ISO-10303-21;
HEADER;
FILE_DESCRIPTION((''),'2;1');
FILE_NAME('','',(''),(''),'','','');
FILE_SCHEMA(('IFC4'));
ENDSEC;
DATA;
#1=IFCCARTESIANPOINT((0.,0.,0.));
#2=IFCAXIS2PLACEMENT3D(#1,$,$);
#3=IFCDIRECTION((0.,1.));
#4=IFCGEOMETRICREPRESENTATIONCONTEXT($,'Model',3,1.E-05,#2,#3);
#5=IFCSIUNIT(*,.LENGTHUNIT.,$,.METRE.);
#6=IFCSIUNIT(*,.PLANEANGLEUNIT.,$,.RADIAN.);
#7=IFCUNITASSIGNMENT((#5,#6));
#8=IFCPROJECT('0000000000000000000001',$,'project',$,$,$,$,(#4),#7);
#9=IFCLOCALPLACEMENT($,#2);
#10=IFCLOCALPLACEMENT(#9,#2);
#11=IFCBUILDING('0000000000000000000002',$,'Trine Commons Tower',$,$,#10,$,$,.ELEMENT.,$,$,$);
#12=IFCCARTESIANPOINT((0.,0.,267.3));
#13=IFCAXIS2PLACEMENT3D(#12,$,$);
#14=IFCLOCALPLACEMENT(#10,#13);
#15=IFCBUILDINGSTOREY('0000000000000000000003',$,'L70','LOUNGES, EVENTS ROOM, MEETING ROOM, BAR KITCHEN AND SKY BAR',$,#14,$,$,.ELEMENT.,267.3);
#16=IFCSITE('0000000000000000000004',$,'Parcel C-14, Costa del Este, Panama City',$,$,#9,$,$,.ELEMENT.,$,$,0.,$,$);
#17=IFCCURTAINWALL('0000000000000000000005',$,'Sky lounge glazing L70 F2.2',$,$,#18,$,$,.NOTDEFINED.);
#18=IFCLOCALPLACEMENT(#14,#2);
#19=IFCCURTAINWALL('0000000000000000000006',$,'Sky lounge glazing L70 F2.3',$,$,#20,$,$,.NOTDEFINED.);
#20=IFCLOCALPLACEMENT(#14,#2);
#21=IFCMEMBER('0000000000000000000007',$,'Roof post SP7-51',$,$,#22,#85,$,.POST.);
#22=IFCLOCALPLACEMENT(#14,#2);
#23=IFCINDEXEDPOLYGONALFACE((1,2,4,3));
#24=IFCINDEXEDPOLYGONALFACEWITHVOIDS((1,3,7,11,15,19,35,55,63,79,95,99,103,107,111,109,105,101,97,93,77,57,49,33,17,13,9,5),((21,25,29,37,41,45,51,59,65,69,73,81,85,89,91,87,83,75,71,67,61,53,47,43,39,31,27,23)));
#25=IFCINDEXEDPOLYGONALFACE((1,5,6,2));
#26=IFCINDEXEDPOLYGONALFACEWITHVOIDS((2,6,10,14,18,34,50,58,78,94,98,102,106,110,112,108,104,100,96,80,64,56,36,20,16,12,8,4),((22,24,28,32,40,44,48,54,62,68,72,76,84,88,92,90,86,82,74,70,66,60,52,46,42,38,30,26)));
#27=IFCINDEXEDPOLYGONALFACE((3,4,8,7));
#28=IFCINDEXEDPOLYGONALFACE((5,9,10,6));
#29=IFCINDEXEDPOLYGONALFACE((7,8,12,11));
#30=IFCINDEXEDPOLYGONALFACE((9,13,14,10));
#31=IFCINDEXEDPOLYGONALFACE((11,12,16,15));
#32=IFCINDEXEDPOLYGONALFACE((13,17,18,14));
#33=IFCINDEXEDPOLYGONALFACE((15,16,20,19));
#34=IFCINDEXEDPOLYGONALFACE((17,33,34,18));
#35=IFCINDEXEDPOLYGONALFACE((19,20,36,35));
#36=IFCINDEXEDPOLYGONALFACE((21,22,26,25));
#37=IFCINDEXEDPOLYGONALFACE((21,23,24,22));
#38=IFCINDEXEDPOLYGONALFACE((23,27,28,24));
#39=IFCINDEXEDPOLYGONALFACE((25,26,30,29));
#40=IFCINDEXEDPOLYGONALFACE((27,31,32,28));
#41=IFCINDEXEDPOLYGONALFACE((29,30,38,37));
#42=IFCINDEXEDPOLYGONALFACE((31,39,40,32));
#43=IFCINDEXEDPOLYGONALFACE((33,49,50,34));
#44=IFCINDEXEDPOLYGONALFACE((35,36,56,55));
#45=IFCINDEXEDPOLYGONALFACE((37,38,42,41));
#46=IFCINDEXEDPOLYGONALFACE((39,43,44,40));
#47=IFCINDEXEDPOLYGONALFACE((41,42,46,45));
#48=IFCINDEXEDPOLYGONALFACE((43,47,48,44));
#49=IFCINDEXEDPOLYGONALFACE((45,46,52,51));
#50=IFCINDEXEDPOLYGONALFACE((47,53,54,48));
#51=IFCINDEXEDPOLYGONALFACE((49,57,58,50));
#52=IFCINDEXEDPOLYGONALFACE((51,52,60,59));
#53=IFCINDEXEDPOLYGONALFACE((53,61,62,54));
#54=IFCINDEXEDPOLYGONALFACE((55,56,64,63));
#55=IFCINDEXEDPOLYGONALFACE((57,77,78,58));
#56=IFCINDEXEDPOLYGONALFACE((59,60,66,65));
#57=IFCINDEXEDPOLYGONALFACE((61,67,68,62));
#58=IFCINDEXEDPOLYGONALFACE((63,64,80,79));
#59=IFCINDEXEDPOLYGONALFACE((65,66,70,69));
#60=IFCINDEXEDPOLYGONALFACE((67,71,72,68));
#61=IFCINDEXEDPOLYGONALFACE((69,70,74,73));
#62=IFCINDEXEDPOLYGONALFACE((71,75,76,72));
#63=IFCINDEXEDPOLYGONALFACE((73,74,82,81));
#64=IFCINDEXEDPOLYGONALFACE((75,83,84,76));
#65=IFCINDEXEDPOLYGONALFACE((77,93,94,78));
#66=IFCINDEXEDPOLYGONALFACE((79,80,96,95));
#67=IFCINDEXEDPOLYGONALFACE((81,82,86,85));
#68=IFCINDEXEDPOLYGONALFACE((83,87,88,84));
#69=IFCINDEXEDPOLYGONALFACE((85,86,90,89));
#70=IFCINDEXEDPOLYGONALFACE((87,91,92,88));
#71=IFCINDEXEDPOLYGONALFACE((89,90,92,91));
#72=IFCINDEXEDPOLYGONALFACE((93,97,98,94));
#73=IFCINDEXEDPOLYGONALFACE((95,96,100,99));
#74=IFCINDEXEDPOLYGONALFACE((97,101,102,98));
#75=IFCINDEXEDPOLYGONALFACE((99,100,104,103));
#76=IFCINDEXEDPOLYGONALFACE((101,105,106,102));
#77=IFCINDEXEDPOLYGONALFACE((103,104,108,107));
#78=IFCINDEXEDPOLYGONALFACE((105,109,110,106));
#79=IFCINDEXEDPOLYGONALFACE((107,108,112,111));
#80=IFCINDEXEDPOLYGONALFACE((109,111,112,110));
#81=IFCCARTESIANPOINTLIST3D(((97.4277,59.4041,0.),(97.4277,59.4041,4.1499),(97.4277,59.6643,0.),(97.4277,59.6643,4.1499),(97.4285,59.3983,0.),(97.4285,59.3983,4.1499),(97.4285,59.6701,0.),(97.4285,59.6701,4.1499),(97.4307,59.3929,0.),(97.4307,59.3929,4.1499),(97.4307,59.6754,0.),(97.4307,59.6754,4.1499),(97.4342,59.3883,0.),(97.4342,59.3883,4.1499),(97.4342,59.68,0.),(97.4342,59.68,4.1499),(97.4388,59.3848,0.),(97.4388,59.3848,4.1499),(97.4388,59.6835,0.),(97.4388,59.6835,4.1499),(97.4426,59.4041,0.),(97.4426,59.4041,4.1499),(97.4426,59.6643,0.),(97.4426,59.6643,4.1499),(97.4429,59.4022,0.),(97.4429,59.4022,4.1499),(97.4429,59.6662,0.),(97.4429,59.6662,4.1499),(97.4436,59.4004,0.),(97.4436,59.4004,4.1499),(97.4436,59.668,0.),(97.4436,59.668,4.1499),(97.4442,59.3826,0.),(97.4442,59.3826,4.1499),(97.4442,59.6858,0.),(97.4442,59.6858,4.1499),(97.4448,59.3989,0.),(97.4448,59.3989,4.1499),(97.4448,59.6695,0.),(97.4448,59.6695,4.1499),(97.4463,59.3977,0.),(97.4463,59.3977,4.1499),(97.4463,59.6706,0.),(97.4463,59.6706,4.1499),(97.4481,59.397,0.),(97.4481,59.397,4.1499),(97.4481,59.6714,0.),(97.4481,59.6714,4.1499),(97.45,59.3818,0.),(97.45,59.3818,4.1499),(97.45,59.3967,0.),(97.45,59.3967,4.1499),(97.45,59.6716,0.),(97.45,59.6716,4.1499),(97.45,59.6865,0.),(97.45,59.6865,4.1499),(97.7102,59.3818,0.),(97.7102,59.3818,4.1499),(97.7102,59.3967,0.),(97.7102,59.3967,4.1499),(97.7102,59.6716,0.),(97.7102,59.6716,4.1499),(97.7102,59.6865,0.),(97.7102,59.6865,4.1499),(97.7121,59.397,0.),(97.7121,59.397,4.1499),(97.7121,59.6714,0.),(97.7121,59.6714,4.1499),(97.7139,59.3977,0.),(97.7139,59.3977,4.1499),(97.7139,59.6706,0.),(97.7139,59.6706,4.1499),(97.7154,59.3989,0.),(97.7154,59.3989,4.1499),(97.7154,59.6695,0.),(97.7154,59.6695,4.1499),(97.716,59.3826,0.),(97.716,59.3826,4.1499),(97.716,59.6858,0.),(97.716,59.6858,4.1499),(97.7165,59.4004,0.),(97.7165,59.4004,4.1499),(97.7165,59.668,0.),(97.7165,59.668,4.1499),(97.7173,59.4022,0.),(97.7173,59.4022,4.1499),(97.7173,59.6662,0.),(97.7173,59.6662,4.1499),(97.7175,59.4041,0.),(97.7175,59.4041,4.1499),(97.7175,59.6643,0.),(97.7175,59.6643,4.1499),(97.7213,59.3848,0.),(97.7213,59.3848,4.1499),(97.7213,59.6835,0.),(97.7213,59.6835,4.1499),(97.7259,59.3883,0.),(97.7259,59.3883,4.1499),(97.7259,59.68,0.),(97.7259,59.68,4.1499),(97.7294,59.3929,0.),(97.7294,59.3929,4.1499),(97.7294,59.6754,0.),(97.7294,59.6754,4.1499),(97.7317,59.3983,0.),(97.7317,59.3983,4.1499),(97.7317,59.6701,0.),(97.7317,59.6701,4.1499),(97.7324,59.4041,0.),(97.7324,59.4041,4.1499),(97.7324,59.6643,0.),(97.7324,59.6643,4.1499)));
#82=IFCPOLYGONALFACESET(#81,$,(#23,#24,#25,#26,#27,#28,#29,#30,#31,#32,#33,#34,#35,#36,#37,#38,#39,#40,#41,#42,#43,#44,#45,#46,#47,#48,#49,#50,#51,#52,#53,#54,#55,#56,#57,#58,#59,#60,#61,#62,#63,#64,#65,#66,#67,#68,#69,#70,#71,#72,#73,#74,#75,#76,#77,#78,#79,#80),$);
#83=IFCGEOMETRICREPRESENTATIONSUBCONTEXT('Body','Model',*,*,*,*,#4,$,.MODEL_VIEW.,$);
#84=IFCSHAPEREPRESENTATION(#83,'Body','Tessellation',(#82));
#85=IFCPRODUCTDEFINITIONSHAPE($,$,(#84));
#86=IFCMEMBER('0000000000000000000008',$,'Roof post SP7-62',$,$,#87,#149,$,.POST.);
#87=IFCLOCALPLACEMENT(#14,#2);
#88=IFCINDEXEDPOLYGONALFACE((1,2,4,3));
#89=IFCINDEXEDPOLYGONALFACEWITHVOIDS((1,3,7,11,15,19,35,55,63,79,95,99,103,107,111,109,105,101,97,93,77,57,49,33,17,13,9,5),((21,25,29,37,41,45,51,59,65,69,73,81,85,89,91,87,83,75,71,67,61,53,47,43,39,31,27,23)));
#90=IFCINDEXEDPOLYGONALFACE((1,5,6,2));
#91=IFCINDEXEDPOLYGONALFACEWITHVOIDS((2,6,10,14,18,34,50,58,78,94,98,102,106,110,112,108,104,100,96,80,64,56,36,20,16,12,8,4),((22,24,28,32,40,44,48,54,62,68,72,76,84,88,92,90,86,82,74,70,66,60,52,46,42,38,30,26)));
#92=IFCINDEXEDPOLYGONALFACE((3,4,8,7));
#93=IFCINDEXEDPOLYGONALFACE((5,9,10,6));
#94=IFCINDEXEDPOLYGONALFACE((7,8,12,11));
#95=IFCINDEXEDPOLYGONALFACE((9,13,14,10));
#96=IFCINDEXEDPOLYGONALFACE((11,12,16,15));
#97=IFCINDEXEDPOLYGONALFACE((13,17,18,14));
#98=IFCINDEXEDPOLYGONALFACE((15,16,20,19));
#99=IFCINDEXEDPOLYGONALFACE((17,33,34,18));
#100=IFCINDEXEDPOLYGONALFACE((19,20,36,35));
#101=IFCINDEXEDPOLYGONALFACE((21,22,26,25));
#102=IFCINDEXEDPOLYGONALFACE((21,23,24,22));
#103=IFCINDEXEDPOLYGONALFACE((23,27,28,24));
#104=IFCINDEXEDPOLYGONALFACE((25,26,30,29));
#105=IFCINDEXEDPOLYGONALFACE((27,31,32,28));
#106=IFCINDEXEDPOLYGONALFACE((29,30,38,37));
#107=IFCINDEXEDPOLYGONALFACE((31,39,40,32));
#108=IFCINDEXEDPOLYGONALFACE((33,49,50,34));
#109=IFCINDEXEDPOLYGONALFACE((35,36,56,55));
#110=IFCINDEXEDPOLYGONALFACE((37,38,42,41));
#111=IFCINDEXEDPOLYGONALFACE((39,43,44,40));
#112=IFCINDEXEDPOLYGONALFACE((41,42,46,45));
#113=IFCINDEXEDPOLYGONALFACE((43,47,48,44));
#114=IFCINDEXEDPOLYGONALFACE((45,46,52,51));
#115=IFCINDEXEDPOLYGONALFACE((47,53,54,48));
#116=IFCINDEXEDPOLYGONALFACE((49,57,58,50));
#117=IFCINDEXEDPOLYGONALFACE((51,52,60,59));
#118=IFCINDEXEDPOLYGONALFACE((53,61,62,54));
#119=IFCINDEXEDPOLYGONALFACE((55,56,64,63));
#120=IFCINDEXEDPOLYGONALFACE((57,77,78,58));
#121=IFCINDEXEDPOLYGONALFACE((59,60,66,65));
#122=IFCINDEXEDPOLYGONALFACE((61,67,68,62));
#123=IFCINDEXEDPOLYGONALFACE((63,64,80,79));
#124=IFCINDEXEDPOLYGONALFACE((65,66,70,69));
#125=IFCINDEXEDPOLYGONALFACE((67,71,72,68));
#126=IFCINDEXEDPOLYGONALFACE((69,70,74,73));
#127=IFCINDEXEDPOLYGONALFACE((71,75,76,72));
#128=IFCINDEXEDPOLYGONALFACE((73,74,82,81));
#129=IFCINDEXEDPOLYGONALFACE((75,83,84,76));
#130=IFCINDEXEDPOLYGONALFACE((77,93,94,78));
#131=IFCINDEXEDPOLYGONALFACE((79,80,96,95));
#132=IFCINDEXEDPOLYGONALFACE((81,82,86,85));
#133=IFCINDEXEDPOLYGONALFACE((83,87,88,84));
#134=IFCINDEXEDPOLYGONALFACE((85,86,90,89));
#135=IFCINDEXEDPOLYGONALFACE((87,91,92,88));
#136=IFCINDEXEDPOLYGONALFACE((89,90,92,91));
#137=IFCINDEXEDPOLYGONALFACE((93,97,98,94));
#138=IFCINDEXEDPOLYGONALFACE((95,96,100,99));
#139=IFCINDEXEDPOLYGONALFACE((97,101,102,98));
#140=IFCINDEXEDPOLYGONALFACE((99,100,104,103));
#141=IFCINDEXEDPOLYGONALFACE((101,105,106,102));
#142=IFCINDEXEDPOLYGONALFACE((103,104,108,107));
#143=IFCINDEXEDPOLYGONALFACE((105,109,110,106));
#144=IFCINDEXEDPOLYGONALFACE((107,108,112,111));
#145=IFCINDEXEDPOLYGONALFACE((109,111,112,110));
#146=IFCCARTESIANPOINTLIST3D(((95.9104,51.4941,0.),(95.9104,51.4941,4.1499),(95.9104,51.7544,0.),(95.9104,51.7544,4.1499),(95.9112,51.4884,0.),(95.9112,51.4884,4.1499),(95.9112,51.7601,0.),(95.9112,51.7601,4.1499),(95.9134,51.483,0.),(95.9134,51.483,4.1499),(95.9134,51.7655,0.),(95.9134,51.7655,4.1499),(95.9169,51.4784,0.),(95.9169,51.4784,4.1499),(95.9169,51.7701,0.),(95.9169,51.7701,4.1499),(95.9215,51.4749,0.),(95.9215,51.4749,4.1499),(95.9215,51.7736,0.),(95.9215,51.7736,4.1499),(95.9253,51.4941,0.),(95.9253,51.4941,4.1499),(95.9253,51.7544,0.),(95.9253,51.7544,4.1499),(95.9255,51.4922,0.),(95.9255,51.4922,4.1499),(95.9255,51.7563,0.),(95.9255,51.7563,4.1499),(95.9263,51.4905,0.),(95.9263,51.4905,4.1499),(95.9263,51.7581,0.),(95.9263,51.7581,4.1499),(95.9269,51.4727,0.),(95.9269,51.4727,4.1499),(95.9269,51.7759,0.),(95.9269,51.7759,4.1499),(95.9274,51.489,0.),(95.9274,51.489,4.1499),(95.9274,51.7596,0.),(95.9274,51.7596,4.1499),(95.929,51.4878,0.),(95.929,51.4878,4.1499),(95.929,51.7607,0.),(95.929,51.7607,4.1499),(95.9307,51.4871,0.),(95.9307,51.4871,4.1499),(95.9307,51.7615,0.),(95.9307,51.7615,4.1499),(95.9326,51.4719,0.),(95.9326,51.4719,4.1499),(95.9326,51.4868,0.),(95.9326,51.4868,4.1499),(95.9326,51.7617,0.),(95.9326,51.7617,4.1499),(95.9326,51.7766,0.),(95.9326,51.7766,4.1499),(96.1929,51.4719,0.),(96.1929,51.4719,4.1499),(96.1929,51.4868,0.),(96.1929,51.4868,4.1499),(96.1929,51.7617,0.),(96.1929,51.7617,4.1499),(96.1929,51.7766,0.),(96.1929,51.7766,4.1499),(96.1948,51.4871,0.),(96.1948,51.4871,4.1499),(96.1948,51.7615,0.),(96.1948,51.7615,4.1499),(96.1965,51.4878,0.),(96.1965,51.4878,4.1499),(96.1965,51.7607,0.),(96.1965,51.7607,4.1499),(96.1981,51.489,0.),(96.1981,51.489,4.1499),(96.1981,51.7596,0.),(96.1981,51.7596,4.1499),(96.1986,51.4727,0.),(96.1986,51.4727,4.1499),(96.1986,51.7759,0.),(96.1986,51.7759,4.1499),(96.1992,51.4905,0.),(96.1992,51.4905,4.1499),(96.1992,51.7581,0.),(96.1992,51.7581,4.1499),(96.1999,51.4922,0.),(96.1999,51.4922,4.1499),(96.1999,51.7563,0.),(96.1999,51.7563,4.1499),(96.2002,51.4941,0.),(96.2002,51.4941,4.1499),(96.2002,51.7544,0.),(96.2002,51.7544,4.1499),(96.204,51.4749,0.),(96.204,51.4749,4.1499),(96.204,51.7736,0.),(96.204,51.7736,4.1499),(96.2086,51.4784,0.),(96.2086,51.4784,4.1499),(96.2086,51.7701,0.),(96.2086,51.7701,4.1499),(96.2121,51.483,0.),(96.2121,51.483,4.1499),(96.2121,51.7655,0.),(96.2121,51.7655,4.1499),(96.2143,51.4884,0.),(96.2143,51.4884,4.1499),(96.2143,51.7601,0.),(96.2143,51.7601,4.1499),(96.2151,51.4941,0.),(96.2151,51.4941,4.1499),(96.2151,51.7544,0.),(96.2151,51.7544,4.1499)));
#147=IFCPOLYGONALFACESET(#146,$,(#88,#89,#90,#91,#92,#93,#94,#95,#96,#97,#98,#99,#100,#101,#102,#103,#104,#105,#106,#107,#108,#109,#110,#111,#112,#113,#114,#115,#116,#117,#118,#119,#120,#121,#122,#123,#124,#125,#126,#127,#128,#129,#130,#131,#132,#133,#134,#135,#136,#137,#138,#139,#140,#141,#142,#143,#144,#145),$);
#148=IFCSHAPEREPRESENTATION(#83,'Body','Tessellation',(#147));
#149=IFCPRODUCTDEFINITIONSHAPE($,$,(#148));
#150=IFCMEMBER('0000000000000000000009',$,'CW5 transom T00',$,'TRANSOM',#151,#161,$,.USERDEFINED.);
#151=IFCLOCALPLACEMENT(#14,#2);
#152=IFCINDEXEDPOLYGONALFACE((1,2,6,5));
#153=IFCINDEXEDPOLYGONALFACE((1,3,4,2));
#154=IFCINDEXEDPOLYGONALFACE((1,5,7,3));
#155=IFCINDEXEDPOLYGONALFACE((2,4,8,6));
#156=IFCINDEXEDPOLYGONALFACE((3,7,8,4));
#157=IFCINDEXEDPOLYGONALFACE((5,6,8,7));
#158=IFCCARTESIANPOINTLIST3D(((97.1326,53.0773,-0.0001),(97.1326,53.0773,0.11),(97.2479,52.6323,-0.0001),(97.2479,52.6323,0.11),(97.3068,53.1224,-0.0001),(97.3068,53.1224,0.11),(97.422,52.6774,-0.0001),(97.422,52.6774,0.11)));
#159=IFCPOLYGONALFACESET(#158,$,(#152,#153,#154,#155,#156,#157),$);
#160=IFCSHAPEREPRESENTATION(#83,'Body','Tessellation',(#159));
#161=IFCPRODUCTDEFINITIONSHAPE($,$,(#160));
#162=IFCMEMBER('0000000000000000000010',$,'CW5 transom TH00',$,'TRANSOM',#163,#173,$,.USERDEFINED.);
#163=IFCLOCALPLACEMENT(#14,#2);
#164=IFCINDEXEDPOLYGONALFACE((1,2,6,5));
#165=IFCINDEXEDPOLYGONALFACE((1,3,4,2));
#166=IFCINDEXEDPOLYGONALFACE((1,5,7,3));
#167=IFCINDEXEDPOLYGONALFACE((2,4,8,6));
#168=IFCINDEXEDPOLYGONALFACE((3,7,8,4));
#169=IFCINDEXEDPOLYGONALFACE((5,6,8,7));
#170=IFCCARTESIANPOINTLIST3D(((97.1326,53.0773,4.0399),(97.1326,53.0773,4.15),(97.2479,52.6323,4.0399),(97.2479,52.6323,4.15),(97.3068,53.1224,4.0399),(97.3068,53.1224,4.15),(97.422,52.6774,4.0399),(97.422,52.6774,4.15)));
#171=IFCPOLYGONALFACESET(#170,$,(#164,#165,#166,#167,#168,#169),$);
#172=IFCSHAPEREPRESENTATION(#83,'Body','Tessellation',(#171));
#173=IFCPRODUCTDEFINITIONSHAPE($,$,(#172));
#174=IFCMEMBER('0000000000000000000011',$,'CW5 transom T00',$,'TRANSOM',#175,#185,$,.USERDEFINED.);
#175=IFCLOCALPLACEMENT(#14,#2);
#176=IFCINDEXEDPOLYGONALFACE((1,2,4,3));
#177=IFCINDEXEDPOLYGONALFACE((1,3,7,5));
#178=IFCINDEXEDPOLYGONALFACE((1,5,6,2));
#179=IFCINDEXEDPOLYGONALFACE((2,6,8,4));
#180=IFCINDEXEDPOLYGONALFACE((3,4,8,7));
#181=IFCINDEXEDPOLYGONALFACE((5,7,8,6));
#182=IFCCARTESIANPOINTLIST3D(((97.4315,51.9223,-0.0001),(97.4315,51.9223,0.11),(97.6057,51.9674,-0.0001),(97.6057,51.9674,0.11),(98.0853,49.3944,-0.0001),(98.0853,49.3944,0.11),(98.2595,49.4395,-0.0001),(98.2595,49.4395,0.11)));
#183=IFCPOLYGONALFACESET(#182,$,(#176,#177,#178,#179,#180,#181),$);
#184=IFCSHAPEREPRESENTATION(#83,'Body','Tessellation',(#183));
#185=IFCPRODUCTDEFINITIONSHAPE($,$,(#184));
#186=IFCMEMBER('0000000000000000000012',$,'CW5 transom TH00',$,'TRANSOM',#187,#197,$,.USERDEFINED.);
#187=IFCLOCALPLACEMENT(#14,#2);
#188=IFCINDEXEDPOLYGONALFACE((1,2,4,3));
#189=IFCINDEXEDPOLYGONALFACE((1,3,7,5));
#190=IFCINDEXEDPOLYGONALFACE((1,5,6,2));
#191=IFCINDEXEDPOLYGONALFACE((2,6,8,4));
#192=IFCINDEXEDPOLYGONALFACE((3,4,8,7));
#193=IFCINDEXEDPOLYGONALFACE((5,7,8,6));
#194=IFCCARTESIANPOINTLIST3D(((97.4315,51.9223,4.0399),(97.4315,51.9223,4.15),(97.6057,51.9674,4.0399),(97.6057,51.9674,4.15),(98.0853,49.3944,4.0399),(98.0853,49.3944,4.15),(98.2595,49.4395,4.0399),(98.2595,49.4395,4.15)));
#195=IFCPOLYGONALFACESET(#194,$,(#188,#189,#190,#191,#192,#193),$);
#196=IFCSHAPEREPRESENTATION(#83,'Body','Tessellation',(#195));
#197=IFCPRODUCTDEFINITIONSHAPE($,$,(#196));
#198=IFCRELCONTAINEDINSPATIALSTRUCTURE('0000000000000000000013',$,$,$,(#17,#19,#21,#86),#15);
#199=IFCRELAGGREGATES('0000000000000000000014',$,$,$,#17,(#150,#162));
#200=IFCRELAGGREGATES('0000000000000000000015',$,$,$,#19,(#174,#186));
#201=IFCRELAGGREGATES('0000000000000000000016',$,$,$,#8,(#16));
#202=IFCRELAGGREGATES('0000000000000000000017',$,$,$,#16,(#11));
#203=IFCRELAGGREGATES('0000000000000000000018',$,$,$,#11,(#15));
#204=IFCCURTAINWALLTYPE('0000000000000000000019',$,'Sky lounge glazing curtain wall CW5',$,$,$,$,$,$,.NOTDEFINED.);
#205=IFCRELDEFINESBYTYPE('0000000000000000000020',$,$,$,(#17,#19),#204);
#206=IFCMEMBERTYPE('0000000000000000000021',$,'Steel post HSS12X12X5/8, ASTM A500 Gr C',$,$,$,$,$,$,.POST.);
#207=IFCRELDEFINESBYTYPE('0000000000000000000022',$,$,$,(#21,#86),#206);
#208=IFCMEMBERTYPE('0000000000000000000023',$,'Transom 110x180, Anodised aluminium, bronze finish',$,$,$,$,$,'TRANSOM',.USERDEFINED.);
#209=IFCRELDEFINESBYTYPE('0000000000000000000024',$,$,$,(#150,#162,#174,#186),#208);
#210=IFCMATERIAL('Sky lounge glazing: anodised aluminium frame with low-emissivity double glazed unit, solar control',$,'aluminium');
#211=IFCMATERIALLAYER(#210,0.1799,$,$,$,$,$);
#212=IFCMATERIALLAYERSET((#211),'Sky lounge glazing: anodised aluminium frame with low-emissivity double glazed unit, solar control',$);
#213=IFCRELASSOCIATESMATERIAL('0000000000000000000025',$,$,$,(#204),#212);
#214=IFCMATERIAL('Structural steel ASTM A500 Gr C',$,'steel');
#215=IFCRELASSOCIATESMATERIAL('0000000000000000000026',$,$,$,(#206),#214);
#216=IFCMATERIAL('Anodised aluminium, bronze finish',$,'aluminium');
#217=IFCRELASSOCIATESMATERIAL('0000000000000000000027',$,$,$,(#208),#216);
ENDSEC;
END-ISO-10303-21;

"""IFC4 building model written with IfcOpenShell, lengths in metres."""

from ifc_helpers import new_model, si_unit, direction, frame, origin, origin_2d, place, context, subcontext, project, spatial, rectangle, hollow_rectangle, extrude, material, layer, layer_set, material_profile, profile_set, type_object, element, aggregate, save


model = new_model("IFC4")

# Units and contexts
model_context = context("Model", 3, precision=1e-05, world=origin(), true_north=direction((0.0, 1.0)))
body_context = subcontext(model_context, "Body", "Model", "MODEL_VIEW")
ifc_project = project(units=[si_unit("LENGTHUNIT", "METRE"), si_unit("PLANEANGLEUNIT", "RADIAN")], contexts=[model_context])

# Site, building, storey
site_placement = place(None, origin())
site = spatial("IfcSite", under=ifc_project, at=site_placement, Name="Parcel C-14, Costa del Este, Panama City", CompositionType="ELEMENT", RefElevation=0.0)
building_placement = place(site_placement, origin())
building = spatial("IfcBuilding", under=site, at=building_placement, Name="Trine Commons Tower", CompositionType="ELEMENT")
storey_placement = place(building_placement, frame((0.0, 0.0, 267.3)))
storey = spatial("IfcBuildingStorey", under=building, at=storey_placement, Name="L70", Description="LOUNGES, EVENTS ROOM, MEETING ROOM, BAR KITCHEN AND SKY BAR", CompositionType="ELEMENT", Elevation=267.3)

# Curtain wall
ifc_material_1 = material(Name="Sky lounge glazing: anodised aluminium frame with low-emissivity double glazed unit, solar control", Category="aluminium")
ifc_layer_1 = layer(ifc_material_1, 0.1799)
ifc_layer_set_1 = layer_set([ifc_layer_1], Name="Sky lounge glazing: anodised aluminium frame with low-emissivity double glazed unit, solar control")
curtain_wall_type = type_object("IfcCurtainWallType", Name="Sky lounge glazing curtain wall CW5", PredefinedType="NOTDEFINED", material=ifc_layer_set_1)
curtain_wall_1_placement = place(storey_placement, origin())
curtain_wall_1 = element("IfcCurtainWall", 1, at=curtain_wall_1_placement, inside=storey, type_object=curtain_wall_type, Name="Sky lounge glazing L70 F2.2", PredefinedType="NOTDEFINED")
ifc_material_2 = material(Name="Anodised aluminium, bronze finish", Category="aluminium")

# Curtain wall
curtain_wall_2_placement = place(storey_placement, origin())
curtain_wall_2 = element("IfcCurtainWall", 2, at=curtain_wall_2_placement, inside=storey, type_object=curtain_wall_type, Name="Sky lounge glazing L70 F2.3", PredefinedType="NOTDEFINED")

# Members
ifc_material_3 = material(Name="Structural steel ASTM A500 Gr C", Category="steel")
ifc_material_profile_1 = material_profile(ifc_material_3, hollow_rectangle(XDim=0.3047, YDim=0.3047, WallThickness=0.0149, InnerFilletRadius=0.0073, OuterFilletRadius=0.0222, at=origin_2d()), Name="HSS12X12X5/8")
ifc_profile_set_1 = profile_set([ifc_material_profile_1], Name="Structural steel ASTM A500 Gr C")
member_type_1 = type_object("IfcMemberType", Name="Steel post HSS12X12X5/8, ASTM A500 Gr C", PredefinedType="POST", material=ifc_profile_set_1)
for number, where, z_axis, x_axis, name in (
    (3, (97.5801, 59.5342, 0.0), (0.0, 0.0, 1.0), (1.0, 0.0, 0.0), "Roof post SP7-51"),
    (4, (96.0627, 51.6243, 0.0), (0.0, 0.0, 1.0), (1.0, 0.0, 0.0), "Roof post SP7-62"),
):
    element("IfcMember", number, at=place(storey_placement, frame(where, z_axis=z_axis, x_axis=x_axis)), inside=storey, type_object=member_type_1, Name=name, PredefinedType="POST", context=body_context, shape_type="SweptSolid", body=[
        extrude(hollow_rectangle(XDim=0.3047, YDim=0.3047, WallThickness=0.0149, InnerFilletRadius=0.0073, OuterFilletRadius=0.0222, at=origin_2d()), origin(), (0.0, 0.0, 1.0), 4.1499),
    ])

# Members
ifc_material_profile_2 = material_profile(ifc_material_2, rectangle(XDim=0.1799, YDim=0.1101, at=origin_2d()), Name="Transom 110x180")
ifc_profile_set_2 = profile_set([ifc_material_profile_2], Name="Anodised aluminium, bronze finish")
member_type_2 = type_object("IfcMemberType", Name="Transom 110x180, Anodised aluminium, bronze finish", ElementType="TRANSOM", PredefinedType="USERDEFINED", material=ifc_profile_set_2)
member_1_placement = place(storey_placement, frame((97.2197, 53.0999, 0.0549), z_axis=(0.250649, -0.968078, 0.0), x_axis=(0.968078, 0.250649, 0.0)))
member_1 = element("IfcMember", 5, at=member_1_placement, type_object=member_type_2, Name="CW5 transom T00", ObjectType="TRANSOM", PredefinedType="USERDEFINED", context=body_context, shape_type="SweptSolid", body=[
    extrude(rectangle(XDim=0.1799, YDim=0.1101, at=origin_2d()), origin(), (0.0, 0.0, 1.0), 0.4597),
])
member_2_placement = place(storey_placement, frame((97.2197, 53.0999, 4.095), z_axis=(0.250649, -0.968078, 0.0), x_axis=(0.968078, 0.250649, 0.0)))
member_2 = element("IfcMember", 6, at=member_2_placement, type_object=member_type_2, Name="CW5 transom TH00", ObjectType="TRANSOM", PredefinedType="USERDEFINED", context=body_context, shape_type="SweptSolid", body=[
    extrude(rectangle(XDim=0.1799, YDim=0.1101, at=origin_2d()), origin(), (0.0, 0.0, 1.0), 0.4597),
])
member_3_placement = place(storey_placement, frame((97.5186, 51.9448, 0.0549), z_axis=(0.250404, -0.968141, 0.0), x_axis=(0.968141, 0.250404, 0.0)))
member_3 = element("IfcMember", 7, at=member_3_placement, type_object=member_type_2, Name="CW5 transom T00", ObjectType="TRANSOM", PredefinedType="USERDEFINED", context=body_context, shape_type="SweptSolid", body=[
    extrude(rectangle(XDim=0.1799, YDim=0.1101, at=origin_2d()), origin(), (0.0, 0.0, 1.0), 2.6111),
])
member_4_placement = place(storey_placement, frame((97.5186, 51.9448, 4.095), z_axis=(0.250404, -0.968141, 0.0), x_axis=(0.968141, 0.250404, 0.0)))
member_4 = element("IfcMember", 8, at=member_4_placement, type_object=member_type_2, Name="CW5 transom TH00", ObjectType="TRANSOM", PredefinedType="USERDEFINED", context=body_context, shape_type="SweptSolid", body=[
    extrude(rectangle(XDim=0.1799, YDim=0.1101, at=origin_2d()), origin(), (0.0, 0.0, 1.0), 2.6111),
])

aggregate(curtain_wall_1, [member_1, member_2])
aggregate(curtain_wall_2, [member_3, member_4])

save(model, "model.ifc")
